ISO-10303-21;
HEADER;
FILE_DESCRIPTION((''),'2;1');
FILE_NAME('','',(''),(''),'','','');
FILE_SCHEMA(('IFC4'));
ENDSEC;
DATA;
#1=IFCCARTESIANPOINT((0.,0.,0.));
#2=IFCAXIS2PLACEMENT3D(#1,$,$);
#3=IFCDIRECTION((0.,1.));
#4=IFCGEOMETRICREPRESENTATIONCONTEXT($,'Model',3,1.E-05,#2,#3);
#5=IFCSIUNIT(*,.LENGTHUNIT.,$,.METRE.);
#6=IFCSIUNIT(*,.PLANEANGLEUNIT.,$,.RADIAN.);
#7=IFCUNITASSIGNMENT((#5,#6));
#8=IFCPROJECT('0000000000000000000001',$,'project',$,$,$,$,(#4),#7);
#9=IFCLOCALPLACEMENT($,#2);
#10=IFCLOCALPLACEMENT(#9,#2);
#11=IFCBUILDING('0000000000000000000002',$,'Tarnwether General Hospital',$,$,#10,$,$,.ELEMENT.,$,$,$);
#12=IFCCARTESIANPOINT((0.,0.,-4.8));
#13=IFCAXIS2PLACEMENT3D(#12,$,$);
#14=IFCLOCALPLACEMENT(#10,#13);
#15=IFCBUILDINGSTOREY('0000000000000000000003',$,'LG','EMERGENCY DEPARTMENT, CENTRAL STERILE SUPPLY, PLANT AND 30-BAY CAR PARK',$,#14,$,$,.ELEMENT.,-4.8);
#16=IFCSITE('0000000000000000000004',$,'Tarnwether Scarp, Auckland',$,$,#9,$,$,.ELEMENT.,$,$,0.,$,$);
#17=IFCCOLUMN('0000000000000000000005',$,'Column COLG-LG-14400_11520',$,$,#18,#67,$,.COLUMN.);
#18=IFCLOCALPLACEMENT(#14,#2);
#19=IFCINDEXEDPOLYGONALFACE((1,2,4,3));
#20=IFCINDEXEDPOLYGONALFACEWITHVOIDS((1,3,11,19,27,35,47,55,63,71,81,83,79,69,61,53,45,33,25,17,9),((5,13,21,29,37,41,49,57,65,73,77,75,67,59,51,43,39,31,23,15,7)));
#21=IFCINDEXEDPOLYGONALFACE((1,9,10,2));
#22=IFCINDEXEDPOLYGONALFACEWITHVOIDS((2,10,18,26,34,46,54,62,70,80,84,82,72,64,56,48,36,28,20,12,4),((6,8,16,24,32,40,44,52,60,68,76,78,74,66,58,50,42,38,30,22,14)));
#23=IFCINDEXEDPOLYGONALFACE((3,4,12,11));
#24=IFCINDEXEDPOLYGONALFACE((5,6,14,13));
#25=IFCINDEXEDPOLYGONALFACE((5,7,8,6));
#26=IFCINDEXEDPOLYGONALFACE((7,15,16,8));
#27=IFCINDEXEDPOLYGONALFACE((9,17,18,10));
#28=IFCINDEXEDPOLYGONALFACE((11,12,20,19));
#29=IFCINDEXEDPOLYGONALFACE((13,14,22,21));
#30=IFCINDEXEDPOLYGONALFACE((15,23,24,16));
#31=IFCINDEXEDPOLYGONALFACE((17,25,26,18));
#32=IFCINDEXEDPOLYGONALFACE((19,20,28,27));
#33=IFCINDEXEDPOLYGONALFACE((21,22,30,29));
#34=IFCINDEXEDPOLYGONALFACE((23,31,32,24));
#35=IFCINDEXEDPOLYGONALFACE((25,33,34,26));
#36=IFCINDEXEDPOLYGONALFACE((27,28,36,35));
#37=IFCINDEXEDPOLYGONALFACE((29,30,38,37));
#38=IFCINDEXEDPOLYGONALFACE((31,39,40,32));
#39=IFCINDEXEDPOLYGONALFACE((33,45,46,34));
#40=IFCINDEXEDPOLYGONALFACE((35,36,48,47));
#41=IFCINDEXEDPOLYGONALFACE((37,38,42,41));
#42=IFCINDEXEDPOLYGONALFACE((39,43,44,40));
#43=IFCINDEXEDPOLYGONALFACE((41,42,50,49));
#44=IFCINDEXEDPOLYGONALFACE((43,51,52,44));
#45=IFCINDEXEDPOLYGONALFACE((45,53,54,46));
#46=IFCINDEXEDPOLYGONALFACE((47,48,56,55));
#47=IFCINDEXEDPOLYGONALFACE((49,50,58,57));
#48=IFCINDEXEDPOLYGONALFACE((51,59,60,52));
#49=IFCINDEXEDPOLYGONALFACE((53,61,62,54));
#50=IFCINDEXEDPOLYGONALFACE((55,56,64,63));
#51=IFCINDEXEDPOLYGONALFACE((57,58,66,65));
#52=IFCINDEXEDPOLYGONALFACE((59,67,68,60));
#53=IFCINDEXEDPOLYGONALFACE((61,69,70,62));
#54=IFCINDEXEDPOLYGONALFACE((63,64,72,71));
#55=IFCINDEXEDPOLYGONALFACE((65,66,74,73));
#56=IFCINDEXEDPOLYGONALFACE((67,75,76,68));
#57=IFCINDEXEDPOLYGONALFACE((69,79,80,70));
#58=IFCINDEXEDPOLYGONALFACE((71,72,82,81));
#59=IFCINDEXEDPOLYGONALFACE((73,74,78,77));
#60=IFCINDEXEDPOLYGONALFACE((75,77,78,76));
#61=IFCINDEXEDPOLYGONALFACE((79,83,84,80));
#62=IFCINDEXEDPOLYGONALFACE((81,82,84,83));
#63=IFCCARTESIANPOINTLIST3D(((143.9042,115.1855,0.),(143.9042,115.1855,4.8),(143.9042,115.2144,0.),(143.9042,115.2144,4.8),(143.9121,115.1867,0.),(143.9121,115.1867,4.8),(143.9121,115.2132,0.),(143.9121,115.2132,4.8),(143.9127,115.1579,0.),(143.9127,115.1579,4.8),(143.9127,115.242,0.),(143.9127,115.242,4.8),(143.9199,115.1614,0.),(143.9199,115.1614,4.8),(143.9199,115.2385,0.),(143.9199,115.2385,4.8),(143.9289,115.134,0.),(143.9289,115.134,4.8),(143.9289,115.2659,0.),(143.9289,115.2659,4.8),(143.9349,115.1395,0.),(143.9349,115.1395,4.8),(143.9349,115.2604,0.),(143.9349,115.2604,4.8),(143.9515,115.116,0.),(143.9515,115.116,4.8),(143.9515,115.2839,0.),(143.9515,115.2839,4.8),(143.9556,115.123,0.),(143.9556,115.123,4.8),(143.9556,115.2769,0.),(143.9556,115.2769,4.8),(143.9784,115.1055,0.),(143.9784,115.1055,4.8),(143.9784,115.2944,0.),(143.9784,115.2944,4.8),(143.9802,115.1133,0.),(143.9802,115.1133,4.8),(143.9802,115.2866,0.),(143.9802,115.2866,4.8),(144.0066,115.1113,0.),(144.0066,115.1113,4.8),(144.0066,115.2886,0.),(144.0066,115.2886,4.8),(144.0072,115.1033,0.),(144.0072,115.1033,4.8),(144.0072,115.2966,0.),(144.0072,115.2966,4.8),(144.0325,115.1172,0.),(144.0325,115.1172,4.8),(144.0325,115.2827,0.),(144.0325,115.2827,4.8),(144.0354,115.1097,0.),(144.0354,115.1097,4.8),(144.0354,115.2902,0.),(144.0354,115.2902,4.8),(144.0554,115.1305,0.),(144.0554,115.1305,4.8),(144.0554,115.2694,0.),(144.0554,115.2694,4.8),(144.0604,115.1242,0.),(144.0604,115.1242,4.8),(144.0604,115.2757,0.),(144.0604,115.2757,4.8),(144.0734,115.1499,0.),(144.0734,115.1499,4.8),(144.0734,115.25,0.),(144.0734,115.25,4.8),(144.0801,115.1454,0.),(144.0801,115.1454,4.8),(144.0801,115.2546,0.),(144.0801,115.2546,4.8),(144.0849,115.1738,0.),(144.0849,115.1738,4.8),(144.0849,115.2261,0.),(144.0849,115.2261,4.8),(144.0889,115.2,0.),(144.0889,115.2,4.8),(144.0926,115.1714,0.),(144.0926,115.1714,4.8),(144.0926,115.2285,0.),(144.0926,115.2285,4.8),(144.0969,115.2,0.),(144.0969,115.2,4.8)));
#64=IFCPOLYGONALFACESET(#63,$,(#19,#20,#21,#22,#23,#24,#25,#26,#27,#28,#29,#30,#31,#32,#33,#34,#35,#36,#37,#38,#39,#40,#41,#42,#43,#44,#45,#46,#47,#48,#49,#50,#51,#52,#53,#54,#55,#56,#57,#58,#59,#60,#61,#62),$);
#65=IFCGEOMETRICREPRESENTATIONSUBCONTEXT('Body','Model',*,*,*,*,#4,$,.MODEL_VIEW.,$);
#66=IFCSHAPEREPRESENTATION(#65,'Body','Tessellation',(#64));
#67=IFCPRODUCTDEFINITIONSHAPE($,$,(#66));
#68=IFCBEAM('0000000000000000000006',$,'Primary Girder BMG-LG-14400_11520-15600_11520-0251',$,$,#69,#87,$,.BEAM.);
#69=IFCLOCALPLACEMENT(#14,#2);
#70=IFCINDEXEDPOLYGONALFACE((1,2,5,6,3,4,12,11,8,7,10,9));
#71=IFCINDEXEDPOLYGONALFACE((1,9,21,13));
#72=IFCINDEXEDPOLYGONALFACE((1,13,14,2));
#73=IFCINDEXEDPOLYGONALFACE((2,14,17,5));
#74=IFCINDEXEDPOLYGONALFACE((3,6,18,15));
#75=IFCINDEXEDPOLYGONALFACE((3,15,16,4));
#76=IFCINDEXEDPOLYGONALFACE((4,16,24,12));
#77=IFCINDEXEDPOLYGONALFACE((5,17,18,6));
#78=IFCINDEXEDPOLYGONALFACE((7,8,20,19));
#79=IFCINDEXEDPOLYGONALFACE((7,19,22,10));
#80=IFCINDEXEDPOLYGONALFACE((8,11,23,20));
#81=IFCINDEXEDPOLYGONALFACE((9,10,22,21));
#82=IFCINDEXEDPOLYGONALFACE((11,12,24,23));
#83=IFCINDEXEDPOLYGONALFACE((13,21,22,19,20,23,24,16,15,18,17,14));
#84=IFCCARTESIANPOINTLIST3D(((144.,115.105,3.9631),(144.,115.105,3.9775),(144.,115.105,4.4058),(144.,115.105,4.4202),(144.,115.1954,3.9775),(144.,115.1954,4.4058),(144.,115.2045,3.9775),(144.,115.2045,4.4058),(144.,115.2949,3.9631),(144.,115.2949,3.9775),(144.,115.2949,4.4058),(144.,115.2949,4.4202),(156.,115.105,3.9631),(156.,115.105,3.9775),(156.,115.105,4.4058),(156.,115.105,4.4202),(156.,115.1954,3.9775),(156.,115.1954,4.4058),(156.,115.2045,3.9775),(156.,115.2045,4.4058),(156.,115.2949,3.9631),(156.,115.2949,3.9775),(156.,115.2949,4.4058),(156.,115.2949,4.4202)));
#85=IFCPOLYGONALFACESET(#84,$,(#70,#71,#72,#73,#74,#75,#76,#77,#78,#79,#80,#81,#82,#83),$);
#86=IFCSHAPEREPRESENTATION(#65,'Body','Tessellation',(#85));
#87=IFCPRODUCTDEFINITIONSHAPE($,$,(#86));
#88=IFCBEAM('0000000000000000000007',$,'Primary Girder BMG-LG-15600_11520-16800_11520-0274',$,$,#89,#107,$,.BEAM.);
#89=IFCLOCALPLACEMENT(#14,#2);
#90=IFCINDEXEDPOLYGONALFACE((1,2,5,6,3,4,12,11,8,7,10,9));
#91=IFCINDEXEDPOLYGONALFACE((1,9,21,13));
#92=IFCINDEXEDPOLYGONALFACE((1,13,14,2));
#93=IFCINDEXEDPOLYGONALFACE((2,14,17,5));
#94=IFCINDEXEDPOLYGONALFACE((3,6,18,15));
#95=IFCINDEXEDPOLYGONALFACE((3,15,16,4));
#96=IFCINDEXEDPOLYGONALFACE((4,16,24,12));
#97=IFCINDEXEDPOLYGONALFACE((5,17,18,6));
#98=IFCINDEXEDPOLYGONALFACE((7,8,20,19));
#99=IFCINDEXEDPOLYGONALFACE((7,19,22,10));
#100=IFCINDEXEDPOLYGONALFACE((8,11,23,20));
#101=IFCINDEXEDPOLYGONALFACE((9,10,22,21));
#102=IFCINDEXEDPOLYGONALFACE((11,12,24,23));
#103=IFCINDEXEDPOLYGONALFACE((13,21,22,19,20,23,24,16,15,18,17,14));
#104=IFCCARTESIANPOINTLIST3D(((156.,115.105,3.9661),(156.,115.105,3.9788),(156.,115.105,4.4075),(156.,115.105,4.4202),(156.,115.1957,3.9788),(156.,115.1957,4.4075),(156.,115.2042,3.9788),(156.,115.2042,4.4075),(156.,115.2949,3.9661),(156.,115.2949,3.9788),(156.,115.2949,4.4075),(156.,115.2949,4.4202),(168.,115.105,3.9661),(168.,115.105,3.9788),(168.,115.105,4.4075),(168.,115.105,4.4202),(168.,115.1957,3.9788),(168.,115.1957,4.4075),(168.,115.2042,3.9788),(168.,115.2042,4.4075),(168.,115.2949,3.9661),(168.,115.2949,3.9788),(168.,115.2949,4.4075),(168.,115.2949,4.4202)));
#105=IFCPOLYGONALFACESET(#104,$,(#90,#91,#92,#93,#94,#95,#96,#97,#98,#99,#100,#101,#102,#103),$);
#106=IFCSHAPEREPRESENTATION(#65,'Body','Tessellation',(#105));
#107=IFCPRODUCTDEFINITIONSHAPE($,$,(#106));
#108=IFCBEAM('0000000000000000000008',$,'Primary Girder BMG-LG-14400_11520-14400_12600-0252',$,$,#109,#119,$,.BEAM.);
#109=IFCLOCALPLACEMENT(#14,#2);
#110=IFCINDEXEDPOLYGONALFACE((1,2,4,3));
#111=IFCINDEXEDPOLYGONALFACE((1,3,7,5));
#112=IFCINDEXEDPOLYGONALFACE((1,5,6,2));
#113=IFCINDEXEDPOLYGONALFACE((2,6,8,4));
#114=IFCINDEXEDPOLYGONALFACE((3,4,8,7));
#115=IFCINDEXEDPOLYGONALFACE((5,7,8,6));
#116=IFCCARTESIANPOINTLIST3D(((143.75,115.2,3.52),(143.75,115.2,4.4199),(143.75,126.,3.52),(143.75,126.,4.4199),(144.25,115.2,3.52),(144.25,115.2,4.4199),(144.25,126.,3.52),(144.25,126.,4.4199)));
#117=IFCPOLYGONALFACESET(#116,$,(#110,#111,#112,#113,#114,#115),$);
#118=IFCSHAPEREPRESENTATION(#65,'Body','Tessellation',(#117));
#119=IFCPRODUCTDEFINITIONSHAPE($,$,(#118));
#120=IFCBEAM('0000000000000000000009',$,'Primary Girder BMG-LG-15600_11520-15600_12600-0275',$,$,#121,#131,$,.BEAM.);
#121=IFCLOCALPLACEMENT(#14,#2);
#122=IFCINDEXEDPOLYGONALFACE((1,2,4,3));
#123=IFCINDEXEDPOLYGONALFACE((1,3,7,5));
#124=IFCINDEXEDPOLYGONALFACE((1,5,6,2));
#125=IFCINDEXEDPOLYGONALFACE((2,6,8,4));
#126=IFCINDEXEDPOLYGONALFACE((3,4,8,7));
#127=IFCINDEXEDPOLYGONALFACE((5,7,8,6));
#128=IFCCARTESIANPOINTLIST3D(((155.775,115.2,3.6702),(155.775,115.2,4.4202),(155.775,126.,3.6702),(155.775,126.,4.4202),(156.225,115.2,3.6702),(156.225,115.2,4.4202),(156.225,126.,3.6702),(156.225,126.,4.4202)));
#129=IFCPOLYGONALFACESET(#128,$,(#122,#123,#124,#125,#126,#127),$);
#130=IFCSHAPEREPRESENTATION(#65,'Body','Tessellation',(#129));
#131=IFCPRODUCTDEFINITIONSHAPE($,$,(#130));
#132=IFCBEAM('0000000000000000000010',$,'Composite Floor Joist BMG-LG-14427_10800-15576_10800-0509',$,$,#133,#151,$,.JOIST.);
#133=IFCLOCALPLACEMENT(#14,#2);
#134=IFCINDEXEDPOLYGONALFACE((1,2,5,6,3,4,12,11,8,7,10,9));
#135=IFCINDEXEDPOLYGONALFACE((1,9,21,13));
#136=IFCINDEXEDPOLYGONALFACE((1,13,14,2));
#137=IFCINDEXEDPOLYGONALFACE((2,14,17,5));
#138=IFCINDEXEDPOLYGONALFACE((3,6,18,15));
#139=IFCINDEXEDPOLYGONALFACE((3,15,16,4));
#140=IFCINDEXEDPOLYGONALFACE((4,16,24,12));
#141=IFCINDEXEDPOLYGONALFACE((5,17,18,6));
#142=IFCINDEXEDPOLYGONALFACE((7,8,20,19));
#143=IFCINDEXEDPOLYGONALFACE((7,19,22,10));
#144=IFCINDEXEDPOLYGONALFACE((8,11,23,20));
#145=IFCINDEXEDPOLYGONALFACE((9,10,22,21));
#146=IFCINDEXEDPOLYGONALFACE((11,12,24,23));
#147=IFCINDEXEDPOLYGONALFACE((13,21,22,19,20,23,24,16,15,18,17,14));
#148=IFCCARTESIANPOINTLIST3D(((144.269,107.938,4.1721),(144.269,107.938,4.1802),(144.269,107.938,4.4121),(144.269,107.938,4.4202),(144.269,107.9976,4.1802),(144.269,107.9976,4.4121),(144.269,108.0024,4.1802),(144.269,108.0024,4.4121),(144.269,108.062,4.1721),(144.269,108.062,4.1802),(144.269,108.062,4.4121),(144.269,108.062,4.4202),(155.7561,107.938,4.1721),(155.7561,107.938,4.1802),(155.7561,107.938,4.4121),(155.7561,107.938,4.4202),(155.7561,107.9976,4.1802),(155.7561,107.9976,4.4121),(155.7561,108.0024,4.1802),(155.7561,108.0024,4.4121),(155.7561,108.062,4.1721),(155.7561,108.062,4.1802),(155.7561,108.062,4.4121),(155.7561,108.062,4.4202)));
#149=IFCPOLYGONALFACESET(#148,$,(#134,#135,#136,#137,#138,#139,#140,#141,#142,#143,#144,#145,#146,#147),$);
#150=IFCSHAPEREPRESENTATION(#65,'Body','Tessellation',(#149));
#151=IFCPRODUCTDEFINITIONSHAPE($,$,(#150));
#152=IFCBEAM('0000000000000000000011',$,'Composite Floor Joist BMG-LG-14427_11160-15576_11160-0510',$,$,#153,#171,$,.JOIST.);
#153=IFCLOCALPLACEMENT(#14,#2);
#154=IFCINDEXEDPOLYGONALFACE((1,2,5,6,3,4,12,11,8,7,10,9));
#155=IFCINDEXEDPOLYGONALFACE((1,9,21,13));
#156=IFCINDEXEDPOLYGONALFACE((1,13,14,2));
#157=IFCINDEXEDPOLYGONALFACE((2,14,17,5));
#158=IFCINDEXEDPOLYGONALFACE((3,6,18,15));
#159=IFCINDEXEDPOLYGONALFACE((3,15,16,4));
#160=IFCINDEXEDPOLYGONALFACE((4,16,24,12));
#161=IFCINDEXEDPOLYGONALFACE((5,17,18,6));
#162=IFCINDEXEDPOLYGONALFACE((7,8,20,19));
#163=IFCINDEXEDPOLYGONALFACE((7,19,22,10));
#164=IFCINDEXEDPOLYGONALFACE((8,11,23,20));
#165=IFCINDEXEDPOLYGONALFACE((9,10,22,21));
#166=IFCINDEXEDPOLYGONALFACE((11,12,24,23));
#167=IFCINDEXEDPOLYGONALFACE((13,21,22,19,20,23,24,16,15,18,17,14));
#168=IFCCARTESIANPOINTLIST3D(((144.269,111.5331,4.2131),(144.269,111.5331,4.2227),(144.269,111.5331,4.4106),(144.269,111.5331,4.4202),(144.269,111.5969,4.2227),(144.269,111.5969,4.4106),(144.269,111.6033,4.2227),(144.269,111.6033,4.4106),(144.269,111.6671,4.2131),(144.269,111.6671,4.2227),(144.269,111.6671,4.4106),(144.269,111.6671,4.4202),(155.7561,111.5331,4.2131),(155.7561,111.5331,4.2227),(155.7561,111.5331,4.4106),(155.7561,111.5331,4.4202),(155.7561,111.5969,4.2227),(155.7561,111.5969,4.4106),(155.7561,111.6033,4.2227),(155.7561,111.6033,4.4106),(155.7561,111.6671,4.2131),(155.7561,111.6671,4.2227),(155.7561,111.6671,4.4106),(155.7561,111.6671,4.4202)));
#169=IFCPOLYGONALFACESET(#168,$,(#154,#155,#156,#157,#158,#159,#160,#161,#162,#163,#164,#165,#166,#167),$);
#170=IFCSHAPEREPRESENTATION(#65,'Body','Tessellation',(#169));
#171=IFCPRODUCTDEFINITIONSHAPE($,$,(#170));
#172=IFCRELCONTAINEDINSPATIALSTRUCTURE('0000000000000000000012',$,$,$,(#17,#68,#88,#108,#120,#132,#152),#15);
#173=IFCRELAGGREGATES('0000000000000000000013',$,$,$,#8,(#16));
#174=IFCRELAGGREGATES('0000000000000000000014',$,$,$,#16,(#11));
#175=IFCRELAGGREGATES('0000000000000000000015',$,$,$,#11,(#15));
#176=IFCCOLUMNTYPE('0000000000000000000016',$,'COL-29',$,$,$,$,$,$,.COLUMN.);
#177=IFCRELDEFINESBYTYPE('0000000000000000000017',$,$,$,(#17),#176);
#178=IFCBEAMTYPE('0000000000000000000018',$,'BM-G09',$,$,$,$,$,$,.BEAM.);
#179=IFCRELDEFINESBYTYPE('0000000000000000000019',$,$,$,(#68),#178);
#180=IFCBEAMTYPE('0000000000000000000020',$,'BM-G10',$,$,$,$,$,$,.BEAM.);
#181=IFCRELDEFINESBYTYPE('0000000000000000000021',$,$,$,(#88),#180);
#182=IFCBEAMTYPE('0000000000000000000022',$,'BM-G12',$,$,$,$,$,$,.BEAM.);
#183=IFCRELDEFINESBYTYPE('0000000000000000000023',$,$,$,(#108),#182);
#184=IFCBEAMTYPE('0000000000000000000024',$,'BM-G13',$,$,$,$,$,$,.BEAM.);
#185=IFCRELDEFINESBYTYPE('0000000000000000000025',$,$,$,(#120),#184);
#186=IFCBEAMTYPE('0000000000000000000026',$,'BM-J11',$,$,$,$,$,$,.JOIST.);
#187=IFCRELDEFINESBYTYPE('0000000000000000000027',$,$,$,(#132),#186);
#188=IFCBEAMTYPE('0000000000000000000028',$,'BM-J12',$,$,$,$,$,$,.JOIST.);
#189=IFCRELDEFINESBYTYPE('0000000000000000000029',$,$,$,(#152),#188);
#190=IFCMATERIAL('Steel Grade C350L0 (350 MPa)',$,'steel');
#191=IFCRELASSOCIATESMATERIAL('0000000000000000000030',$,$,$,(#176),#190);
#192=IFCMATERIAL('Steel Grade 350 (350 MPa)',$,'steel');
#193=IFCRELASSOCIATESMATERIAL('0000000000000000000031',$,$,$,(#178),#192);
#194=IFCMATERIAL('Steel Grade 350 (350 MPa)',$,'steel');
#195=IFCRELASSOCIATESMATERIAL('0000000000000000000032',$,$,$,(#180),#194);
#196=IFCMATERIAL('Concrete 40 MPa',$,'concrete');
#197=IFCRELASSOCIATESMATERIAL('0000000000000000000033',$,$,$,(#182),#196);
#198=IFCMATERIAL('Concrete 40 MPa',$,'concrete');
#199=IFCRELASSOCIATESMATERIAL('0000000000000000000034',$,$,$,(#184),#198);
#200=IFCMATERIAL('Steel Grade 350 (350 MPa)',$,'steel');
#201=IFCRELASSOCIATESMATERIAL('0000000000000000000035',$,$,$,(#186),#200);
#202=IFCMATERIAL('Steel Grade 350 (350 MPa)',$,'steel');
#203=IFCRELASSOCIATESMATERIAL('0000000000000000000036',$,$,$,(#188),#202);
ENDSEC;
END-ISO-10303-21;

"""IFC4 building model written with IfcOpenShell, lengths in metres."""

from ifc_helpers import new_model, si_unit, direction, frame, origin, origin_2d, place, context, subcontext, project, spatial, rectangle, hollow_circle, i_section, extrude, material, material_profile, profile_set, type_object, element, save


model = new_model("IFC4")

# Units and contexts
model_context = context("Model", 3, precision=1e-05, world=origin(), true_north=direction((0.0, 1.0)))
body_context = subcontext(model_context, "Body", "Model", "MODEL_VIEW")
ifc_project = project(units=[si_unit("LENGTHUNIT", "METRE"), si_unit("PLANEANGLEUNIT", "RADIAN")], contexts=[model_context])

# Site, building, storey
site_placement = place(None, origin())
site = spatial("IfcSite", under=ifc_project, at=site_placement, Name="Tarnwether Scarp, Auckland", CompositionType="ELEMENT", RefElevation=0.0)
building_placement = place(site_placement, origin())
building = spatial("IfcBuilding", under=site, at=building_placement, Name="Tarnwether General Hospital", CompositionType="ELEMENT")
storey_placement = place(building_placement, frame((0.0, 0.0, -4.8)))
storey = spatial("IfcBuildingStorey", under=building, at=storey_placement, Name="LG", Description="EMERGENCY DEPARTMENT, CENTRAL STERILE SUPPLY, PLANT AND 30-BAY CAR PARK", CompositionType="ELEMENT", Elevation=-4.8)

# Column
ifc_material_1 = material(Name="Steel Grade C350L0 (350 MPa)", Category="steel")
ifc_material_profile_1 = material_profile(ifc_material_1, hollow_circle(Radius=0.0969, WallThickness=0.0081, at=origin_2d()), Name="CHS193.7x8.0")
ifc_profile_set_1 = profile_set([ifc_material_profile_1], Name="Steel Grade C350L0 (350 MPa)")
column_type_1 = type_object("IfcColumnType", Name="COL-29", PredefinedType="COLUMN", material=ifc_profile_set_1)
column_1_placement = place(storey_placement, frame((144.0, 115.2, 0.0), z_axis=(0.0, 0.0, 1.0), x_axis=(1.0, 0.0, 0.0)))
element("IfcColumn", 1, at=column_1_placement, inside=storey, type_object=column_type_1, Name="Column COLG-LG-14400_11520", PredefinedType="COLUMN", context=body_context, shape_type="SweptSolid", body=[
    extrude(hollow_circle(Radius=0.0969, WallThickness=0.0081, at=origin_2d()), origin(), (0.0, 0.0, 1.0), 4.8),
])

# Beams
ifc_material_2 = material(Name="Steel Grade 350 (350 MPa)", Category="steel")
ifc_material_profile_2 = material_profile(ifc_material_2, i_section(OverallWidth=0.1899, OverallDepth=0.457, WebThickness=0.009, FlangeThickness=0.0144, at=origin_2d()), Name="460UB74.6")
ifc_profile_set_2 = profile_set([ifc_material_profile_2], Name="Steel Grade 350 (350 MPa)")
beam_type_1 = type_object("IfcBeamType", Name="BM-G09", PredefinedType="BEAM", material=ifc_profile_set_2)
beam_1_placement = place(storey_placement, frame((144.0, 115.2, 4.1917), z_axis=(1.0, 0.0, 0.0), x_axis=(0.0, 1.0, 0.0)))
element("IfcBeam", 2, at=beam_1_placement, inside=storey, type_object=beam_type_1, Name="Primary Girder BMG-LG-14400_11520-15600_11520-0251", PredefinedType="BEAM", context=body_context, shape_type="SweptSolid", body=[
    extrude(i_section(OverallWidth=0.1899, OverallDepth=0.457, WebThickness=0.009, FlangeThickness=0.0144, at=origin_2d()), origin(), (0.0, 0.0, 1.0), 12.0),
])
ifc_material_3 = material(Name="Steel Grade 350 (350 MPa)", Category="steel")
ifc_material_profile_3 = material_profile(ifc_material_3, i_section(OverallWidth=0.1899, OverallDepth=0.4541, WebThickness=0.0085, FlangeThickness=0.0127, at=origin_2d()), Name="460UB67.1")
ifc_profile_set_3 = profile_set([ifc_material_profile_3], Name="Steel Grade 350 (350 MPa)")
beam_type_2 = type_object("IfcBeamType", Name="BM-G10", PredefinedType="BEAM", material=ifc_profile_set_3)
beam_2_placement = place(storey_placement, frame((156.0, 115.2, 4.1931), z_axis=(1.0, 0.0, 0.0), x_axis=(0.0, 1.0, 0.0)))
element("IfcBeam", 3, at=beam_2_placement, inside=storey, type_object=beam_type_2, Name="Primary Girder BMG-LG-15600_11520-16800_11520-0274", PredefinedType="BEAM", context=body_context, shape_type="SweptSolid", body=[
    extrude(i_section(OverallWidth=0.1899, OverallDepth=0.4541, WebThickness=0.0085, FlangeThickness=0.0127, at=origin_2d()), origin(), (0.0, 0.0, 1.0), 12.0),
])
ifc_material_4 = material(Name="Concrete 40 MPa", Category="concrete")
ifc_material_profile_4 = material_profile(ifc_material_4, rectangle(XDim=0.5, YDim=0.8999, at=origin_2d()), Name="RC-BM-500x900")
ifc_profile_set_4 = profile_set([ifc_material_profile_4], Name="Concrete 40 MPa")
beam_type_3 = type_object("IfcBeamType", Name="BM-G12", PredefinedType="BEAM", material=ifc_profile_set_4)
beam_3_placement = place(storey_placement, frame((144.0, 115.2, 3.97), z_axis=(0.0, 1.0, 0.0), x_axis=(-1.0, 0.0, 0.0)))
element("IfcBeam", 4, at=beam_3_placement, inside=storey, type_object=beam_type_3, Name="Primary Girder BMG-LG-14400_11520-14400_12600-0252", PredefinedType="BEAM", context=body_context, shape_type="SweptSolid", body=[
    extrude(rectangle(XDim=0.5, YDim=0.8999, at=origin_2d()), origin(), (0.0, 0.0, 1.0), 10.8),
])
ifc_material_5 = material(Name="Concrete 40 MPa", Category="concrete")
ifc_material_profile_5 = material_profile(ifc_material_5, rectangle(XDim=0.45, YDim=0.75, at=origin_2d()), Name="RC-BM-450x750")
ifc_profile_set_5 = profile_set([ifc_material_profile_5], Name="Concrete 40 MPa")
beam_type_4 = type_object("IfcBeamType", Name="BM-G13", PredefinedType="BEAM", material=ifc_profile_set_5)
beam_4_placement = place(storey_placement, frame((156.0, 115.2, 4.0452), z_axis=(0.0, 1.0, 0.0), x_axis=(-1.0, 0.0, 0.0)))
element("IfcBeam", 5, at=beam_4_placement, inside=storey, type_object=beam_type_4, Name="Primary Girder BMG-LG-15600_11520-15600_12600-0275", PredefinedType="BEAM", context=body_context, shape_type="SweptSolid", body=[
    extrude(rectangle(XDim=0.45, YDim=0.75, at=origin_2d()), origin(), (0.0, 0.0, 1.0), 10.8),
])
ifc_material_6 = material(Name="Steel Grade 350 (350 MPa)", Category="steel")
ifc_material_profile_6 = material_profile(ifc_material_6, i_section(OverallWidth=0.124, OverallDepth=0.248, WebThickness=0.0049, FlangeThickness=0.0081, at=origin_2d()), Name="250UB25.7")
ifc_profile_set_6 = profile_set([ifc_material_profile_6], Name="Steel Grade 350 (350 MPa)")
beam_type_5 = type_object("IfcBeamType", Name="BM-J11", PredefinedType="JOIST", material=ifc_profile_set_6)
beam_5_placement = place(storey_placement, frame((144.269, 108.0, 4.2961), z_axis=(1.0, 0.0, 0.0), x_axis=(0.0, 1.0, 0.0)))
element("IfcBeam", 6, at=beam_5_placement, inside=storey, type_object=beam_type_5, Name="Composite Floor Joist BMG-LG-14427_10800-15576_10800-0509", PredefinedType="JOIST", context=body_context, shape_type="SweptSolid", body=[
    extrude(i_section(OverallWidth=0.124, OverallDepth=0.248, WebThickness=0.0049, FlangeThickness=0.0081, at=origin_2d()), origin(), (0.0, 0.0, 1.0), 11.4871),
])
ifc_material_7 = material(Name="Steel Grade 350 (350 MPa)", Category="steel")
ifc_material_profile_7 = material_profile(ifc_material_7, i_section(OverallWidth=0.134, OverallDepth=0.207, WebThickness=0.0063, FlangeThickness=0.0095, at=origin_2d()), Name="200UB29.8")
ifc_profile_set_7 = profile_set([ifc_material_profile_7], Name="Steel Grade 350 (350 MPa)")
beam_type_6 = type_object("IfcBeamType", Name="BM-J12", PredefinedType="JOIST", material=ifc_profile_set_7)
beam_6_placement = place(storey_placement, frame((144.269, 111.6001, 4.3167), z_axis=(1.0, 0.0, 0.0), x_axis=(0.0, 1.0, 0.0)))
element("IfcBeam", 7, at=beam_6_placement, inside=storey, type_object=beam_type_6, Name="Composite Floor Joist BMG-LG-14427_11160-15576_11160-0510", PredefinedType="JOIST", context=body_context, shape_type="SweptSolid", body=[
    extrude(i_section(OverallWidth=0.134, OverallDepth=0.207, WebThickness=0.0063, FlangeThickness=0.0095, at=origin_2d()), origin(), (0.0, 0.0, 1.0), 11.4871),
])

save(model, "model.ifc")
